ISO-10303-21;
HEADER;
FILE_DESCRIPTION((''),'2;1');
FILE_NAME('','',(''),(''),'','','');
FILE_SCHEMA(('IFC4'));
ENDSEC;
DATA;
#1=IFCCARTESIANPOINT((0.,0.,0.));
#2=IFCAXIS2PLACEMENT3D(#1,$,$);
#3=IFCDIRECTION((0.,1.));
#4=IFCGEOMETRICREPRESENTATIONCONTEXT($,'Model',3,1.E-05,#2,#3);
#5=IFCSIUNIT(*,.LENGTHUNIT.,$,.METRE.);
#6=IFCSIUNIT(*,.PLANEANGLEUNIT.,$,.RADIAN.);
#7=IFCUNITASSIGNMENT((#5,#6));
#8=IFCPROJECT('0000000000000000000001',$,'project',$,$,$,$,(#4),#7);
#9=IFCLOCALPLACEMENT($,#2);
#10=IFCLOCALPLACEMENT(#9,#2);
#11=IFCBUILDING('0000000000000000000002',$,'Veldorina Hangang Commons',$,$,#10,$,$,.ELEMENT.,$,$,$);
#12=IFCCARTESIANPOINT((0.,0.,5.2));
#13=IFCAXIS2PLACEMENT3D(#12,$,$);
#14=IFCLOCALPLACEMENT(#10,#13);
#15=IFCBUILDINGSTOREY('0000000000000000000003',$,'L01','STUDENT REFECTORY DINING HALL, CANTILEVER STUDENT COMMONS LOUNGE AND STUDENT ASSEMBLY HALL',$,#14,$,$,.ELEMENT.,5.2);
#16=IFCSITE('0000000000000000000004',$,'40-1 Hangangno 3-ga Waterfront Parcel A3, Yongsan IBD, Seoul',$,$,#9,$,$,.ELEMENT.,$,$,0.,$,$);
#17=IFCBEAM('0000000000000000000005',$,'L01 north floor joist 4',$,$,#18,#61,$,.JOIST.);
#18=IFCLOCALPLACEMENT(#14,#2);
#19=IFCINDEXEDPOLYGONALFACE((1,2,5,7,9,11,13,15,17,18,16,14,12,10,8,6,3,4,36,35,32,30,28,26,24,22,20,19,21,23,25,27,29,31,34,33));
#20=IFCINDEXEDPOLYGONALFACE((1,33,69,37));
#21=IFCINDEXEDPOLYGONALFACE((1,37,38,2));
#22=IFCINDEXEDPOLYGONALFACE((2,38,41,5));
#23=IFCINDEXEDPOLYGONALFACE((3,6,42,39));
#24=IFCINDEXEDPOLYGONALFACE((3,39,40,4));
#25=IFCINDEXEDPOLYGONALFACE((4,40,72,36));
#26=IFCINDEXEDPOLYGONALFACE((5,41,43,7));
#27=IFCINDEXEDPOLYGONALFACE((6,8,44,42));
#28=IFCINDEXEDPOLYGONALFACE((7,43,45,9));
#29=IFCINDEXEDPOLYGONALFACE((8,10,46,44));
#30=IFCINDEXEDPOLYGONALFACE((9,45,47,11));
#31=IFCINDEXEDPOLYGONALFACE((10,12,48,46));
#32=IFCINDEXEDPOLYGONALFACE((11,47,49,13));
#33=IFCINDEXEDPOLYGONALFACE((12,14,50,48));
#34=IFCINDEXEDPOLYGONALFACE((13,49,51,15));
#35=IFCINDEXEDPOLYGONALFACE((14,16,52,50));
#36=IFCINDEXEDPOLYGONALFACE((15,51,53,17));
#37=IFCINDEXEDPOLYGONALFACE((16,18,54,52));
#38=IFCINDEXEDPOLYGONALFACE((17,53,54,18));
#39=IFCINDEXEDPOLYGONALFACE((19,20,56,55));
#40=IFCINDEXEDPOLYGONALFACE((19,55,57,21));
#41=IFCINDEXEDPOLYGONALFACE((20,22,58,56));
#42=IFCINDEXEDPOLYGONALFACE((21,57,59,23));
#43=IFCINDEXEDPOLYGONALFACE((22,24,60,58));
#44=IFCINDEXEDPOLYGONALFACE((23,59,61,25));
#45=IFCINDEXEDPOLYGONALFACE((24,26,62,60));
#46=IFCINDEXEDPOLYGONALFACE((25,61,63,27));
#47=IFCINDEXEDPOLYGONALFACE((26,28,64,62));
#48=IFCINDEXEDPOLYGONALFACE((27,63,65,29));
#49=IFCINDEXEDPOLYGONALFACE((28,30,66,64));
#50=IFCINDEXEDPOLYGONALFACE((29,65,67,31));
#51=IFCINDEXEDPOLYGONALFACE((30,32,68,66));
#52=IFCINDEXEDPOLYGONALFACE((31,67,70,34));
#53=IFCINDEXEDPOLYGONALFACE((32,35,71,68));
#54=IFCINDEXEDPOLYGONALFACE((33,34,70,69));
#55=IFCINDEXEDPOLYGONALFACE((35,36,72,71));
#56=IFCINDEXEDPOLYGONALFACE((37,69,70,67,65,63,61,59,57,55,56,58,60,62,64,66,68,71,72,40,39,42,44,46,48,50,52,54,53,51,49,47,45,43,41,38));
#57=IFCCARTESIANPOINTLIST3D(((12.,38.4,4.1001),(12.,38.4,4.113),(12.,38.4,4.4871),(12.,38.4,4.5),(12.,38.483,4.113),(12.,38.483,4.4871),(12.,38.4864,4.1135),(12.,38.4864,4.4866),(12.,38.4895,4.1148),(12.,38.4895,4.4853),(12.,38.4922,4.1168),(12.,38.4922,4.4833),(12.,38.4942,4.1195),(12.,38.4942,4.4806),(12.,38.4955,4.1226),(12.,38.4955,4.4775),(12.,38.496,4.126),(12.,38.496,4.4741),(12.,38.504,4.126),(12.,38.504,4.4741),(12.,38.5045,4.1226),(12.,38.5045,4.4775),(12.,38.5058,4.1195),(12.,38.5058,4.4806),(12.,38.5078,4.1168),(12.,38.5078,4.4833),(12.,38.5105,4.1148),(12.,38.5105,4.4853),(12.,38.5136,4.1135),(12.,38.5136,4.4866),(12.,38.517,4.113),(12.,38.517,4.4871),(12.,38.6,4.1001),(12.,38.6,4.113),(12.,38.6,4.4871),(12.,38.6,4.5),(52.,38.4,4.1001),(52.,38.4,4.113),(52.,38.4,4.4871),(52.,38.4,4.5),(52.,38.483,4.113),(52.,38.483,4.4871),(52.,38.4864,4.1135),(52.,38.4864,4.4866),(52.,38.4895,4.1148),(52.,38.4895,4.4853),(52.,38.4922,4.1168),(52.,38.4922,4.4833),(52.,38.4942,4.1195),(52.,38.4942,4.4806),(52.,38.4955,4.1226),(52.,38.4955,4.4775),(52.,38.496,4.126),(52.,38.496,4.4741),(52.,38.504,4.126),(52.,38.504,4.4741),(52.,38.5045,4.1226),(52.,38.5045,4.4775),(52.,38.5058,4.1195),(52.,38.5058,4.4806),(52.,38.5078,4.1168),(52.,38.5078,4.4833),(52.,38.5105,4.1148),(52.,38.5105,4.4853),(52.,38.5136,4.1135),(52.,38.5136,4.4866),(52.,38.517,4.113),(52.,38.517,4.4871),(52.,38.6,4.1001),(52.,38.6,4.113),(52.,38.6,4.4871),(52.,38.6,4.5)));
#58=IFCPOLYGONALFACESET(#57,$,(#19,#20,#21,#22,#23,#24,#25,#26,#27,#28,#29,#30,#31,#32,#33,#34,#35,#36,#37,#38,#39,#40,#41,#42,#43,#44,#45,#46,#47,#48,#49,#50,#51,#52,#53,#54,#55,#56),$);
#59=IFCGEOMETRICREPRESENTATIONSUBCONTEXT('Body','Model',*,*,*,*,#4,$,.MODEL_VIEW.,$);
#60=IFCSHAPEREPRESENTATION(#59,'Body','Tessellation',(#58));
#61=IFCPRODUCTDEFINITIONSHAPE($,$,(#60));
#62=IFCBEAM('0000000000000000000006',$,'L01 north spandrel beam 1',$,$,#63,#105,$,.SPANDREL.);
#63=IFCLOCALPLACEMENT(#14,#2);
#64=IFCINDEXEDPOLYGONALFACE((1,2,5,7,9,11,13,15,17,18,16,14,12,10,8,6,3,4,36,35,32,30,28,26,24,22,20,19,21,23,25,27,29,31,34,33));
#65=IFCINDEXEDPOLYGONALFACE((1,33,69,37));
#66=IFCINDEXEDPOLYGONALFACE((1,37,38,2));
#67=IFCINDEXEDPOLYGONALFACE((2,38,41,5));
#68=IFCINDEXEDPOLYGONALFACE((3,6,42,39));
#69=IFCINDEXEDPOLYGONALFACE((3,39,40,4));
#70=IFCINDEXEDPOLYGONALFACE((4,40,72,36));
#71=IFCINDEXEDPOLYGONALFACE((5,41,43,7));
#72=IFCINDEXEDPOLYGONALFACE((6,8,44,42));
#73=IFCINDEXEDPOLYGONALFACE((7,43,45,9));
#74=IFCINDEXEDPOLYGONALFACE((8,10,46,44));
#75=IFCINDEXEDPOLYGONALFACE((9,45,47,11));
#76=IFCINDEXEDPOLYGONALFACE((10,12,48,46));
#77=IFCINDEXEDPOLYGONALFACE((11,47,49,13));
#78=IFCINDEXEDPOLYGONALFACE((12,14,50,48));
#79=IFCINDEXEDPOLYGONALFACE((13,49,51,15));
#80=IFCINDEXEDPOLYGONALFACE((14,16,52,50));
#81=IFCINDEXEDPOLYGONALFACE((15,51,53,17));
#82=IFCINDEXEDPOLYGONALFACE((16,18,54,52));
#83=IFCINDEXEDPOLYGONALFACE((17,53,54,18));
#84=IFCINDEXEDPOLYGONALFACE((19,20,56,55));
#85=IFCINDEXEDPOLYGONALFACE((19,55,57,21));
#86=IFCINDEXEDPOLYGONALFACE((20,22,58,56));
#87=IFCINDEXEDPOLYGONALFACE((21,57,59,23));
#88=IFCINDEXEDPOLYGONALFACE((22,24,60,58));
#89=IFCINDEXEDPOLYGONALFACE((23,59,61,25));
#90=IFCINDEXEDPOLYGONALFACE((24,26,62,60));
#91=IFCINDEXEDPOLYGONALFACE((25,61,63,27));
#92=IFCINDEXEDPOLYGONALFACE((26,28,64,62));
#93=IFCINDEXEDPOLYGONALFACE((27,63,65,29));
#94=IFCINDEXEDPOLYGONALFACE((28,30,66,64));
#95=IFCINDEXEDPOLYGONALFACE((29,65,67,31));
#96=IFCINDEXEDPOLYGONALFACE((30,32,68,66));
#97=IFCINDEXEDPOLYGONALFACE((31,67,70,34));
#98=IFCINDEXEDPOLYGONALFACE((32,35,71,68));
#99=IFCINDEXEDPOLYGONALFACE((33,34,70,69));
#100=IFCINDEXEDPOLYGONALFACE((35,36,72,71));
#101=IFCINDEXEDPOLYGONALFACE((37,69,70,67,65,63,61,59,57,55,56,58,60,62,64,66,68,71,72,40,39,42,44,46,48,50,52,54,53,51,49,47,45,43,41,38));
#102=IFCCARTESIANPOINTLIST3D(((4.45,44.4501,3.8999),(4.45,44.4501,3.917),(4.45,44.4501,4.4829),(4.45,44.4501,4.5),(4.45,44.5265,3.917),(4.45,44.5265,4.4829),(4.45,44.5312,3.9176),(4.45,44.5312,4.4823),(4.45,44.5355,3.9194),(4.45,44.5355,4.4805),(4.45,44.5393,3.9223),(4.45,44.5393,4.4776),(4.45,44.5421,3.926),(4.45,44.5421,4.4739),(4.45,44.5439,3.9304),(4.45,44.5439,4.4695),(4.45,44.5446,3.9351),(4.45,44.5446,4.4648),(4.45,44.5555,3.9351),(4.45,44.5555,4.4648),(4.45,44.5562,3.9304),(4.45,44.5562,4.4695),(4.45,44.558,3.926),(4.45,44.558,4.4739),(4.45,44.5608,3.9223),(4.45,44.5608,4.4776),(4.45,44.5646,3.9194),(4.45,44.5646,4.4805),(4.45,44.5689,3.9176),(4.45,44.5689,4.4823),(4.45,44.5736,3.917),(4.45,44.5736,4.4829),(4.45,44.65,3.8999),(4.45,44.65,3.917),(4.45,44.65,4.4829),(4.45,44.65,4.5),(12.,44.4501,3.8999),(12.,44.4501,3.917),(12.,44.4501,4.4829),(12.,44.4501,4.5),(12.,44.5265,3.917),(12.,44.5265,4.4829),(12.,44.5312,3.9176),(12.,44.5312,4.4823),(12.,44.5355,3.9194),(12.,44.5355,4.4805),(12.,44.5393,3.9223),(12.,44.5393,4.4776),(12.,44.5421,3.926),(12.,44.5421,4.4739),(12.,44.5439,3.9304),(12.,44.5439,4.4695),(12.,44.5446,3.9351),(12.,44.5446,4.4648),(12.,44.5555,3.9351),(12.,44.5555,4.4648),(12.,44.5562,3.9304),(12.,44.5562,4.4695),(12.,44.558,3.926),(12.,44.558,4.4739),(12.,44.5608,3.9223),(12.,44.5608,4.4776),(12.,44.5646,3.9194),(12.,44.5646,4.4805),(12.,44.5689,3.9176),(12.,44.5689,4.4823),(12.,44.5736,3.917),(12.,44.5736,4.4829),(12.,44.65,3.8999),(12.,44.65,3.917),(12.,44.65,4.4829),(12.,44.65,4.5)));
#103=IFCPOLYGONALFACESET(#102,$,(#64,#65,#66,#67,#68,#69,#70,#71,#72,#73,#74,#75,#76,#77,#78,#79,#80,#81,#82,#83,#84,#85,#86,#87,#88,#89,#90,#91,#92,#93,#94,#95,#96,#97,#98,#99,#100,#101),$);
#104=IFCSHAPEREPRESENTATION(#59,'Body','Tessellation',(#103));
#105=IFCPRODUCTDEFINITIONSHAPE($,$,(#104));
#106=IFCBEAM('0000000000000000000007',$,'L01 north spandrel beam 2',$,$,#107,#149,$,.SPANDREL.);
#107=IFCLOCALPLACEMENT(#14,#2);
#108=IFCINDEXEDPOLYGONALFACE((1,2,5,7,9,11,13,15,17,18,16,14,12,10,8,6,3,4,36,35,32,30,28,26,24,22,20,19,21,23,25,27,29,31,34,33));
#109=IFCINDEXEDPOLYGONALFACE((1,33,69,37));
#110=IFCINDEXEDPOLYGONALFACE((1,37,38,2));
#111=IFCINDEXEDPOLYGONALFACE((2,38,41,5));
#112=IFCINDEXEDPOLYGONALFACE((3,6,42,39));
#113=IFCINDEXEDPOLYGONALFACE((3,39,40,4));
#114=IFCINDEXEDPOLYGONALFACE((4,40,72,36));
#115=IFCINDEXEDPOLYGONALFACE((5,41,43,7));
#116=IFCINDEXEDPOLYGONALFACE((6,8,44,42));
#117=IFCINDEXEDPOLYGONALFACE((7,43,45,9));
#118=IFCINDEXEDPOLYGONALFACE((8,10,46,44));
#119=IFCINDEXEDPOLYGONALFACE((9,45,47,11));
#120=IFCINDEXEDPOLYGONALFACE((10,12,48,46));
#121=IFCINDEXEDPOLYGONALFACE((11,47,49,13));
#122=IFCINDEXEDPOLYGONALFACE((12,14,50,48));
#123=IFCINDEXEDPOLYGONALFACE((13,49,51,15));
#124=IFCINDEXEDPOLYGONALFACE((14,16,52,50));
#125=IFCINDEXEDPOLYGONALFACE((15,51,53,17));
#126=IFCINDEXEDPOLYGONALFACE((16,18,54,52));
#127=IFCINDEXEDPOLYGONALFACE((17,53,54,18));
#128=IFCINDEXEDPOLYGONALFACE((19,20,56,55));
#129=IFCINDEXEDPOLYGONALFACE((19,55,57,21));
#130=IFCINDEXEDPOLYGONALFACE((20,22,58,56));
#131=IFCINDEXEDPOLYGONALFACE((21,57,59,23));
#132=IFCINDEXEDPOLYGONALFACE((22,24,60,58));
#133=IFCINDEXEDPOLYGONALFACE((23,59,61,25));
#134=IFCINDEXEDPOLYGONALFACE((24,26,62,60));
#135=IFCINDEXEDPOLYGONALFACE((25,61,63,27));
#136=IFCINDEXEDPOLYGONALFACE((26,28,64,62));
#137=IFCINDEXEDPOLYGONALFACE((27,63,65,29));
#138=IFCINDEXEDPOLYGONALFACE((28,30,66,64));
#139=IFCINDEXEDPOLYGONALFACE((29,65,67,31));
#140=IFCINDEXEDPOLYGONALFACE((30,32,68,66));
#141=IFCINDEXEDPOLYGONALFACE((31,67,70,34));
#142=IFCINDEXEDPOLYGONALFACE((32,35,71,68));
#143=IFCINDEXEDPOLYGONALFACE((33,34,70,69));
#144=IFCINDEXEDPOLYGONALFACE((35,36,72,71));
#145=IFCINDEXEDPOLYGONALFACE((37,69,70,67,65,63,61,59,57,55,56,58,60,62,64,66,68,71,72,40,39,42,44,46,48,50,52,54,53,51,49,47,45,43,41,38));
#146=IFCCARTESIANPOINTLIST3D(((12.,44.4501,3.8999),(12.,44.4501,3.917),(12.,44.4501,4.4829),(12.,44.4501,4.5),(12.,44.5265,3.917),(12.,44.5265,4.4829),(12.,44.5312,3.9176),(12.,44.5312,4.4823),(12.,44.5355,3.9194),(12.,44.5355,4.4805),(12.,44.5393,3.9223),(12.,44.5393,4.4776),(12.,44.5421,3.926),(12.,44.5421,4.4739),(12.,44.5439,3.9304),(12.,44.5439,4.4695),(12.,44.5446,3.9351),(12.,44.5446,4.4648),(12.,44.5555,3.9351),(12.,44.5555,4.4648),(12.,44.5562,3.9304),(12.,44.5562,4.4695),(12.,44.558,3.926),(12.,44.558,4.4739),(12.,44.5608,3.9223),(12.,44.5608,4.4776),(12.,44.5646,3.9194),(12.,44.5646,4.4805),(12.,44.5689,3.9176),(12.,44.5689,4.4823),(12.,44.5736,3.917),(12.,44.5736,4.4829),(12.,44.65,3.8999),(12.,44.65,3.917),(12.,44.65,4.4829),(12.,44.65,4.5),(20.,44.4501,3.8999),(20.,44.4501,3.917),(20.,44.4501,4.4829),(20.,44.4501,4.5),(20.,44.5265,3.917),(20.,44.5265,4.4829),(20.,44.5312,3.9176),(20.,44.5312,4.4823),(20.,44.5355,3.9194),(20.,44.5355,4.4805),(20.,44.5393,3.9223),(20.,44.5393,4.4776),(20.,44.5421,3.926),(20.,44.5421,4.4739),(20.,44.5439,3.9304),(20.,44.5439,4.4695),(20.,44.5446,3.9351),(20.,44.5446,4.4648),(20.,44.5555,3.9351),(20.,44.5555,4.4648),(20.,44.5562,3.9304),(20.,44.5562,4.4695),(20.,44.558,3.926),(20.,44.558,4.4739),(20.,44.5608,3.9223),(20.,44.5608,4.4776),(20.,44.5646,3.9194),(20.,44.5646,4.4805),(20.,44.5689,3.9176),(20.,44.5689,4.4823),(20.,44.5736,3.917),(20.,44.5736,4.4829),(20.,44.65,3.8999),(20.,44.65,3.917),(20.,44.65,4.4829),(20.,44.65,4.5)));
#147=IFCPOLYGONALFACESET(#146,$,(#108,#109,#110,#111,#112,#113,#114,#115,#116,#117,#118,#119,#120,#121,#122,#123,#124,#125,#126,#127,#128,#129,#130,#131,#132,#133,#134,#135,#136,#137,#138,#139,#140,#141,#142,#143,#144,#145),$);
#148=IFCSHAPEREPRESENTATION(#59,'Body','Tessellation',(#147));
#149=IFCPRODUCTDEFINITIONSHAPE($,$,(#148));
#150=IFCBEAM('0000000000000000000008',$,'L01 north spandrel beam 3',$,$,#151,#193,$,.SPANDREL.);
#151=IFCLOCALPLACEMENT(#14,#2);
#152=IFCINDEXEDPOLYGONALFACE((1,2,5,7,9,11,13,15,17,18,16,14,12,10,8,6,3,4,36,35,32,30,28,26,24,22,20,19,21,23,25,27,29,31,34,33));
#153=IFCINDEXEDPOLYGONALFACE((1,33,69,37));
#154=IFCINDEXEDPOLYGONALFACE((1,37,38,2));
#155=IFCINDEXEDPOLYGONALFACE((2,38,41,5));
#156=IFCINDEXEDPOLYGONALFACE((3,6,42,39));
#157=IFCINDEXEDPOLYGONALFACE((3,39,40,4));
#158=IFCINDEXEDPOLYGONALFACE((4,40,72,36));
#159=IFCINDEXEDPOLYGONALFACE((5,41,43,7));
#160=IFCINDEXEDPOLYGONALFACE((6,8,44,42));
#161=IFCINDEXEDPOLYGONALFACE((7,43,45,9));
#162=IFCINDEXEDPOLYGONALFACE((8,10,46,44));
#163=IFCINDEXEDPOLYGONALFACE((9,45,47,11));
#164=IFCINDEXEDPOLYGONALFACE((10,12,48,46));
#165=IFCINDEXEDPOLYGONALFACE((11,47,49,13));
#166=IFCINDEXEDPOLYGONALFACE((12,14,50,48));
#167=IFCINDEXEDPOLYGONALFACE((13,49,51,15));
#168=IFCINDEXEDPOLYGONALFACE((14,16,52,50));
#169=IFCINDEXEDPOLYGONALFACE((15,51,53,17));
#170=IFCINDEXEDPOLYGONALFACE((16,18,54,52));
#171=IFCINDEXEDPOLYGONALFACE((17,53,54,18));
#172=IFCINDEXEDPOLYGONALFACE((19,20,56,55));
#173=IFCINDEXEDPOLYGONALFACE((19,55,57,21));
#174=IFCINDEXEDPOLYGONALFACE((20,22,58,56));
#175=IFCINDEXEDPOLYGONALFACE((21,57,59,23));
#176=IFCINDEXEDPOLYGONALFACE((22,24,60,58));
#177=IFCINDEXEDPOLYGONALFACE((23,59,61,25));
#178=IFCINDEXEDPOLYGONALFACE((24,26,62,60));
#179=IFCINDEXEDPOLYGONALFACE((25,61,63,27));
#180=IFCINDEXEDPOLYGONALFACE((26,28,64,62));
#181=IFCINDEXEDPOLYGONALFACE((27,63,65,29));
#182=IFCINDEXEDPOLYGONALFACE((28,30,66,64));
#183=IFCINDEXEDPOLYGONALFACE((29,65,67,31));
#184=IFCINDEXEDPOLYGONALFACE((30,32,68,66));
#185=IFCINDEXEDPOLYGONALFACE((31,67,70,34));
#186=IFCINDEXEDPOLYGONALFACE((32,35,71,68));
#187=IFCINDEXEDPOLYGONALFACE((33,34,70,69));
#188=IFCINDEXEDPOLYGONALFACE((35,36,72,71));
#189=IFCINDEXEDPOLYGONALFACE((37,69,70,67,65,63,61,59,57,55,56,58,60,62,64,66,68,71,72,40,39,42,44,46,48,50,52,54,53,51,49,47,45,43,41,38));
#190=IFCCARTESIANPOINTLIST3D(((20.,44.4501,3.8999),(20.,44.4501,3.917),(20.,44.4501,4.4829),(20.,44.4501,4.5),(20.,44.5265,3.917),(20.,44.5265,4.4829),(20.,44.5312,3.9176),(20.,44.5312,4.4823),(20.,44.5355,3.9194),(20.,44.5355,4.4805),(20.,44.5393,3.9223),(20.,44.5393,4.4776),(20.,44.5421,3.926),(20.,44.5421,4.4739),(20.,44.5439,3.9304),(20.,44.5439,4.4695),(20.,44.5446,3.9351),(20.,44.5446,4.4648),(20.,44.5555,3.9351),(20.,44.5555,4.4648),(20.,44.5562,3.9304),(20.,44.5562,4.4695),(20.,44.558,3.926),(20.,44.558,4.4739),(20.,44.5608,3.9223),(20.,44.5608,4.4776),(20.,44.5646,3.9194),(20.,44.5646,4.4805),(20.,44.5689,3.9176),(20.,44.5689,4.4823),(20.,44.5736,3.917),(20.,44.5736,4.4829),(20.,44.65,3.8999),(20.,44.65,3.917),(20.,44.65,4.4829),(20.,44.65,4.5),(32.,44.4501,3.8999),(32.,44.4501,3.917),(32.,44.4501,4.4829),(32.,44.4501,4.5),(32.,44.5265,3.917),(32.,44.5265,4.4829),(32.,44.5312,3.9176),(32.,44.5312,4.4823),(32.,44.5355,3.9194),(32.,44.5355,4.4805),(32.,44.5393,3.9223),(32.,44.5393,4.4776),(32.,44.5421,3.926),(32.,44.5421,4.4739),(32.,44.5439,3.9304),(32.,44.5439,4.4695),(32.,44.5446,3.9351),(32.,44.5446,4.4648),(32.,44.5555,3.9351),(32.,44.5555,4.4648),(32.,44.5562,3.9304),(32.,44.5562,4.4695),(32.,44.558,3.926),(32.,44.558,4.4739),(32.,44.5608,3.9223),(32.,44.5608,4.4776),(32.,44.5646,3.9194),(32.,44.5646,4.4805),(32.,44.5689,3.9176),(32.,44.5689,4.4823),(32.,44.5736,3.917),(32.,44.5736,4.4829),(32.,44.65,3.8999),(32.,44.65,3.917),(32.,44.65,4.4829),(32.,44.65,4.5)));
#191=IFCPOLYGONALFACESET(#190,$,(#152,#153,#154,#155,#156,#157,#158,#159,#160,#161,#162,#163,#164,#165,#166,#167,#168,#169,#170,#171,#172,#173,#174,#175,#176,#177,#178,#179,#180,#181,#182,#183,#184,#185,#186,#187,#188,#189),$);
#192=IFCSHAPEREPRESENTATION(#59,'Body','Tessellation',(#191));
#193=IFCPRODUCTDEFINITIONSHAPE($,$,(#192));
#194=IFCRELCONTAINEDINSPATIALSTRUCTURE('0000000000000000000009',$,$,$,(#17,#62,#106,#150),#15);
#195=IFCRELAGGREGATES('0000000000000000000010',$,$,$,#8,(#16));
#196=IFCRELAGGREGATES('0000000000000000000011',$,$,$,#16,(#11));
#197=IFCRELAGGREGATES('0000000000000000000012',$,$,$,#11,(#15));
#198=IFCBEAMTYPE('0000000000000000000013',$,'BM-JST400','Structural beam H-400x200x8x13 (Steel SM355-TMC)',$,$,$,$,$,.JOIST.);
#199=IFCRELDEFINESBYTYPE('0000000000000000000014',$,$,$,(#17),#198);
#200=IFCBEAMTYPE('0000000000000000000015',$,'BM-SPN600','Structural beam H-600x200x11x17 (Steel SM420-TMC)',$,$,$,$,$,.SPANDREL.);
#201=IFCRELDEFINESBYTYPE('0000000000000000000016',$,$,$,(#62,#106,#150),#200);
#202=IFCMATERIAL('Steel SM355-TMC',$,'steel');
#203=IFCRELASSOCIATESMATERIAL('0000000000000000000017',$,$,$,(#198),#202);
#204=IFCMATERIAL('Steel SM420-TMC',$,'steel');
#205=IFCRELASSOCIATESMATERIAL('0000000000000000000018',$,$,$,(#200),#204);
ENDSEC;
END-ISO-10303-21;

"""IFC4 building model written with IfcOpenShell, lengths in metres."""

from ifc_helpers import new_model, si_unit, direction, frame, origin, origin_2d, place, context, subcontext, project, spatial, i_section, extrude, material, material_profile, profile_set, type_object, element, save


model = new_model("IFC4")

# Units and contexts
model_context = context("Model", 3, precision=1e-05, world=origin(), true_north=direction((0.0, 1.0)))
body_context = subcontext(model_context, "Body", "Model", "MODEL_VIEW")
ifc_project = project(units=[si_unit("LENGTHUNIT", "METRE"), si_unit("PLANEANGLEUNIT", "RADIAN")], contexts=[model_context])

# Site, building, storey
site_placement = place(None, origin())
site = spatial("IfcSite", under=ifc_project, at=site_placement, Name="40-1 Hangangno 3-ga Waterfront Parcel A3, Yongsan IBD, Seoul", CompositionType="ELEMENT", RefElevation=0.0)
building_placement = place(site_placement, origin())
building = spatial("IfcBuilding", under=site, at=building_placement, Name="Veldorina Hangang Commons", CompositionType="ELEMENT")
storey_placement = place(building_placement, frame((0.0, 0.0, 5.2)))
storey = spatial("IfcBuildingStorey", under=building, at=storey_placement, Name="L01", Description="STUDENT REFECTORY DINING HALL, CANTILEVER STUDENT COMMONS LOUNGE AND STUDENT ASSEMBLY HALL", CompositionType="ELEMENT", Elevation=5.2)

# Shared definitions
ifc_material_1 = material(Name="Steel SM355-TMC", Category="steel")

# Beams
ifc_material_profile_1 = material_profile(ifc_material_1, i_section(OverallWidth=0.2, OverallDepth=0.3999, WebThickness=0.0081, FlangeThickness=0.0129, FilletRadius=0.0129, at=origin_2d()), Name="H-400x200x8x13")
ifc_profile_set_1 = profile_set([ifc_material_profile_1], Name="Steel SM355-TMC")
beam_type_1 = type_object("IfcBeamType", Name="BM-JST400", Description="Structural beam H-400x200x8x13 (Steel SM355-TMC)", PredefinedType="JOIST", material=ifc_profile_set_1)
beam_1_placement = place(storey_placement, frame((12.0, 38.5, 4.3), z_axis=(1.0, 0.0, 0.0), x_axis=(0.0, 1.0, 0.0)))
element("IfcBeam", 1, at=beam_1_placement, inside=storey, type_object=beam_type_1, Name="L01 north floor joist 4", PredefinedType="JOIST", context=body_context, shape_type="SweptSolid", body=[
    extrude(i_section(OverallWidth=0.2, OverallDepth=0.3999, WebThickness=0.0081, FlangeThickness=0.0129, FilletRadius=0.0129, at=origin_2d()), origin(), (0.0, 0.0, 1.0), 40.0),
])
ifc_material_2 = material(Name="Steel SM420-TMC", Category="steel")
ifc_material_profile_2 = material_profile(ifc_material_2, i_section(OverallWidth=0.2, OverallDepth=0.6001, WebThickness=0.011, FlangeThickness=0.0171, FilletRadius=0.0181, at=origin_2d()), Name="H-600x200x11x17")
ifc_profile_set_2 = profile_set([ifc_material_profile_2], Name="Steel SM420-TMC")
beam_type_2 = type_object("IfcBeamType", Name="BM-SPN600", Description="Structural beam H-600x200x11x17 (Steel SM420-TMC)", PredefinedType="SPANDREL", material=ifc_profile_set_2)
beam_2_placement = place(storey_placement, frame((4.45, 44.55, 4.2), z_axis=(1.0, 0.0, 0.0), x_axis=(0.0, 1.0, 0.0)))
element("IfcBeam", 2, at=beam_2_placement, inside=storey, type_object=beam_type_2, Name="L01 north spandrel beam 1", PredefinedType="SPANDREL", context=body_context, shape_type="SweptSolid", body=[
    extrude(i_section(OverallWidth=0.2, OverallDepth=0.6001, WebThickness=0.011, FlangeThickness=0.0171, FilletRadius=0.0181, at=origin_2d()), origin(), (0.0, 0.0, 1.0), 7.55),
])
beam_3_placement = place(storey_placement, frame((12.0, 44.55, 4.2), z_axis=(1.0, 0.0, 0.0), x_axis=(0.0, 1.0, 0.0)))
element("IfcBeam", 3, at=beam_3_placement, inside=storey, type_object=beam_type_2, Name="L01 north spandrel beam 2", PredefinedType="SPANDREL", context=body_context, shape_type="SweptSolid", body=[
    extrude(i_section(OverallWidth=0.2, OverallDepth=0.6001, WebThickness=0.011, FlangeThickness=0.0171, FilletRadius=0.0181, at=origin_2d()), origin(), (0.0, 0.0, 1.0), 8.0),
])
beam_4_placement = place(storey_placement, frame((20.0, 44.55, 4.2), z_axis=(1.0, 0.0, 0.0), x_axis=(0.0, 1.0, 0.0)))
element("IfcBeam", 4, at=beam_4_placement, inside=storey, type_object=beam_type_2, Name="L01 north spandrel beam 3", PredefinedType="SPANDREL", context=body_context, shape_type="SweptSolid", body=[
    extrude(i_section(OverallWidth=0.2, OverallDepth=0.6001, WebThickness=0.011, FlangeThickness=0.0171, FilletRadius=0.0181, at=origin_2d()), origin(), (0.0, 0.0, 1.0), 12.0),
])

save(model, "model.ifc")
